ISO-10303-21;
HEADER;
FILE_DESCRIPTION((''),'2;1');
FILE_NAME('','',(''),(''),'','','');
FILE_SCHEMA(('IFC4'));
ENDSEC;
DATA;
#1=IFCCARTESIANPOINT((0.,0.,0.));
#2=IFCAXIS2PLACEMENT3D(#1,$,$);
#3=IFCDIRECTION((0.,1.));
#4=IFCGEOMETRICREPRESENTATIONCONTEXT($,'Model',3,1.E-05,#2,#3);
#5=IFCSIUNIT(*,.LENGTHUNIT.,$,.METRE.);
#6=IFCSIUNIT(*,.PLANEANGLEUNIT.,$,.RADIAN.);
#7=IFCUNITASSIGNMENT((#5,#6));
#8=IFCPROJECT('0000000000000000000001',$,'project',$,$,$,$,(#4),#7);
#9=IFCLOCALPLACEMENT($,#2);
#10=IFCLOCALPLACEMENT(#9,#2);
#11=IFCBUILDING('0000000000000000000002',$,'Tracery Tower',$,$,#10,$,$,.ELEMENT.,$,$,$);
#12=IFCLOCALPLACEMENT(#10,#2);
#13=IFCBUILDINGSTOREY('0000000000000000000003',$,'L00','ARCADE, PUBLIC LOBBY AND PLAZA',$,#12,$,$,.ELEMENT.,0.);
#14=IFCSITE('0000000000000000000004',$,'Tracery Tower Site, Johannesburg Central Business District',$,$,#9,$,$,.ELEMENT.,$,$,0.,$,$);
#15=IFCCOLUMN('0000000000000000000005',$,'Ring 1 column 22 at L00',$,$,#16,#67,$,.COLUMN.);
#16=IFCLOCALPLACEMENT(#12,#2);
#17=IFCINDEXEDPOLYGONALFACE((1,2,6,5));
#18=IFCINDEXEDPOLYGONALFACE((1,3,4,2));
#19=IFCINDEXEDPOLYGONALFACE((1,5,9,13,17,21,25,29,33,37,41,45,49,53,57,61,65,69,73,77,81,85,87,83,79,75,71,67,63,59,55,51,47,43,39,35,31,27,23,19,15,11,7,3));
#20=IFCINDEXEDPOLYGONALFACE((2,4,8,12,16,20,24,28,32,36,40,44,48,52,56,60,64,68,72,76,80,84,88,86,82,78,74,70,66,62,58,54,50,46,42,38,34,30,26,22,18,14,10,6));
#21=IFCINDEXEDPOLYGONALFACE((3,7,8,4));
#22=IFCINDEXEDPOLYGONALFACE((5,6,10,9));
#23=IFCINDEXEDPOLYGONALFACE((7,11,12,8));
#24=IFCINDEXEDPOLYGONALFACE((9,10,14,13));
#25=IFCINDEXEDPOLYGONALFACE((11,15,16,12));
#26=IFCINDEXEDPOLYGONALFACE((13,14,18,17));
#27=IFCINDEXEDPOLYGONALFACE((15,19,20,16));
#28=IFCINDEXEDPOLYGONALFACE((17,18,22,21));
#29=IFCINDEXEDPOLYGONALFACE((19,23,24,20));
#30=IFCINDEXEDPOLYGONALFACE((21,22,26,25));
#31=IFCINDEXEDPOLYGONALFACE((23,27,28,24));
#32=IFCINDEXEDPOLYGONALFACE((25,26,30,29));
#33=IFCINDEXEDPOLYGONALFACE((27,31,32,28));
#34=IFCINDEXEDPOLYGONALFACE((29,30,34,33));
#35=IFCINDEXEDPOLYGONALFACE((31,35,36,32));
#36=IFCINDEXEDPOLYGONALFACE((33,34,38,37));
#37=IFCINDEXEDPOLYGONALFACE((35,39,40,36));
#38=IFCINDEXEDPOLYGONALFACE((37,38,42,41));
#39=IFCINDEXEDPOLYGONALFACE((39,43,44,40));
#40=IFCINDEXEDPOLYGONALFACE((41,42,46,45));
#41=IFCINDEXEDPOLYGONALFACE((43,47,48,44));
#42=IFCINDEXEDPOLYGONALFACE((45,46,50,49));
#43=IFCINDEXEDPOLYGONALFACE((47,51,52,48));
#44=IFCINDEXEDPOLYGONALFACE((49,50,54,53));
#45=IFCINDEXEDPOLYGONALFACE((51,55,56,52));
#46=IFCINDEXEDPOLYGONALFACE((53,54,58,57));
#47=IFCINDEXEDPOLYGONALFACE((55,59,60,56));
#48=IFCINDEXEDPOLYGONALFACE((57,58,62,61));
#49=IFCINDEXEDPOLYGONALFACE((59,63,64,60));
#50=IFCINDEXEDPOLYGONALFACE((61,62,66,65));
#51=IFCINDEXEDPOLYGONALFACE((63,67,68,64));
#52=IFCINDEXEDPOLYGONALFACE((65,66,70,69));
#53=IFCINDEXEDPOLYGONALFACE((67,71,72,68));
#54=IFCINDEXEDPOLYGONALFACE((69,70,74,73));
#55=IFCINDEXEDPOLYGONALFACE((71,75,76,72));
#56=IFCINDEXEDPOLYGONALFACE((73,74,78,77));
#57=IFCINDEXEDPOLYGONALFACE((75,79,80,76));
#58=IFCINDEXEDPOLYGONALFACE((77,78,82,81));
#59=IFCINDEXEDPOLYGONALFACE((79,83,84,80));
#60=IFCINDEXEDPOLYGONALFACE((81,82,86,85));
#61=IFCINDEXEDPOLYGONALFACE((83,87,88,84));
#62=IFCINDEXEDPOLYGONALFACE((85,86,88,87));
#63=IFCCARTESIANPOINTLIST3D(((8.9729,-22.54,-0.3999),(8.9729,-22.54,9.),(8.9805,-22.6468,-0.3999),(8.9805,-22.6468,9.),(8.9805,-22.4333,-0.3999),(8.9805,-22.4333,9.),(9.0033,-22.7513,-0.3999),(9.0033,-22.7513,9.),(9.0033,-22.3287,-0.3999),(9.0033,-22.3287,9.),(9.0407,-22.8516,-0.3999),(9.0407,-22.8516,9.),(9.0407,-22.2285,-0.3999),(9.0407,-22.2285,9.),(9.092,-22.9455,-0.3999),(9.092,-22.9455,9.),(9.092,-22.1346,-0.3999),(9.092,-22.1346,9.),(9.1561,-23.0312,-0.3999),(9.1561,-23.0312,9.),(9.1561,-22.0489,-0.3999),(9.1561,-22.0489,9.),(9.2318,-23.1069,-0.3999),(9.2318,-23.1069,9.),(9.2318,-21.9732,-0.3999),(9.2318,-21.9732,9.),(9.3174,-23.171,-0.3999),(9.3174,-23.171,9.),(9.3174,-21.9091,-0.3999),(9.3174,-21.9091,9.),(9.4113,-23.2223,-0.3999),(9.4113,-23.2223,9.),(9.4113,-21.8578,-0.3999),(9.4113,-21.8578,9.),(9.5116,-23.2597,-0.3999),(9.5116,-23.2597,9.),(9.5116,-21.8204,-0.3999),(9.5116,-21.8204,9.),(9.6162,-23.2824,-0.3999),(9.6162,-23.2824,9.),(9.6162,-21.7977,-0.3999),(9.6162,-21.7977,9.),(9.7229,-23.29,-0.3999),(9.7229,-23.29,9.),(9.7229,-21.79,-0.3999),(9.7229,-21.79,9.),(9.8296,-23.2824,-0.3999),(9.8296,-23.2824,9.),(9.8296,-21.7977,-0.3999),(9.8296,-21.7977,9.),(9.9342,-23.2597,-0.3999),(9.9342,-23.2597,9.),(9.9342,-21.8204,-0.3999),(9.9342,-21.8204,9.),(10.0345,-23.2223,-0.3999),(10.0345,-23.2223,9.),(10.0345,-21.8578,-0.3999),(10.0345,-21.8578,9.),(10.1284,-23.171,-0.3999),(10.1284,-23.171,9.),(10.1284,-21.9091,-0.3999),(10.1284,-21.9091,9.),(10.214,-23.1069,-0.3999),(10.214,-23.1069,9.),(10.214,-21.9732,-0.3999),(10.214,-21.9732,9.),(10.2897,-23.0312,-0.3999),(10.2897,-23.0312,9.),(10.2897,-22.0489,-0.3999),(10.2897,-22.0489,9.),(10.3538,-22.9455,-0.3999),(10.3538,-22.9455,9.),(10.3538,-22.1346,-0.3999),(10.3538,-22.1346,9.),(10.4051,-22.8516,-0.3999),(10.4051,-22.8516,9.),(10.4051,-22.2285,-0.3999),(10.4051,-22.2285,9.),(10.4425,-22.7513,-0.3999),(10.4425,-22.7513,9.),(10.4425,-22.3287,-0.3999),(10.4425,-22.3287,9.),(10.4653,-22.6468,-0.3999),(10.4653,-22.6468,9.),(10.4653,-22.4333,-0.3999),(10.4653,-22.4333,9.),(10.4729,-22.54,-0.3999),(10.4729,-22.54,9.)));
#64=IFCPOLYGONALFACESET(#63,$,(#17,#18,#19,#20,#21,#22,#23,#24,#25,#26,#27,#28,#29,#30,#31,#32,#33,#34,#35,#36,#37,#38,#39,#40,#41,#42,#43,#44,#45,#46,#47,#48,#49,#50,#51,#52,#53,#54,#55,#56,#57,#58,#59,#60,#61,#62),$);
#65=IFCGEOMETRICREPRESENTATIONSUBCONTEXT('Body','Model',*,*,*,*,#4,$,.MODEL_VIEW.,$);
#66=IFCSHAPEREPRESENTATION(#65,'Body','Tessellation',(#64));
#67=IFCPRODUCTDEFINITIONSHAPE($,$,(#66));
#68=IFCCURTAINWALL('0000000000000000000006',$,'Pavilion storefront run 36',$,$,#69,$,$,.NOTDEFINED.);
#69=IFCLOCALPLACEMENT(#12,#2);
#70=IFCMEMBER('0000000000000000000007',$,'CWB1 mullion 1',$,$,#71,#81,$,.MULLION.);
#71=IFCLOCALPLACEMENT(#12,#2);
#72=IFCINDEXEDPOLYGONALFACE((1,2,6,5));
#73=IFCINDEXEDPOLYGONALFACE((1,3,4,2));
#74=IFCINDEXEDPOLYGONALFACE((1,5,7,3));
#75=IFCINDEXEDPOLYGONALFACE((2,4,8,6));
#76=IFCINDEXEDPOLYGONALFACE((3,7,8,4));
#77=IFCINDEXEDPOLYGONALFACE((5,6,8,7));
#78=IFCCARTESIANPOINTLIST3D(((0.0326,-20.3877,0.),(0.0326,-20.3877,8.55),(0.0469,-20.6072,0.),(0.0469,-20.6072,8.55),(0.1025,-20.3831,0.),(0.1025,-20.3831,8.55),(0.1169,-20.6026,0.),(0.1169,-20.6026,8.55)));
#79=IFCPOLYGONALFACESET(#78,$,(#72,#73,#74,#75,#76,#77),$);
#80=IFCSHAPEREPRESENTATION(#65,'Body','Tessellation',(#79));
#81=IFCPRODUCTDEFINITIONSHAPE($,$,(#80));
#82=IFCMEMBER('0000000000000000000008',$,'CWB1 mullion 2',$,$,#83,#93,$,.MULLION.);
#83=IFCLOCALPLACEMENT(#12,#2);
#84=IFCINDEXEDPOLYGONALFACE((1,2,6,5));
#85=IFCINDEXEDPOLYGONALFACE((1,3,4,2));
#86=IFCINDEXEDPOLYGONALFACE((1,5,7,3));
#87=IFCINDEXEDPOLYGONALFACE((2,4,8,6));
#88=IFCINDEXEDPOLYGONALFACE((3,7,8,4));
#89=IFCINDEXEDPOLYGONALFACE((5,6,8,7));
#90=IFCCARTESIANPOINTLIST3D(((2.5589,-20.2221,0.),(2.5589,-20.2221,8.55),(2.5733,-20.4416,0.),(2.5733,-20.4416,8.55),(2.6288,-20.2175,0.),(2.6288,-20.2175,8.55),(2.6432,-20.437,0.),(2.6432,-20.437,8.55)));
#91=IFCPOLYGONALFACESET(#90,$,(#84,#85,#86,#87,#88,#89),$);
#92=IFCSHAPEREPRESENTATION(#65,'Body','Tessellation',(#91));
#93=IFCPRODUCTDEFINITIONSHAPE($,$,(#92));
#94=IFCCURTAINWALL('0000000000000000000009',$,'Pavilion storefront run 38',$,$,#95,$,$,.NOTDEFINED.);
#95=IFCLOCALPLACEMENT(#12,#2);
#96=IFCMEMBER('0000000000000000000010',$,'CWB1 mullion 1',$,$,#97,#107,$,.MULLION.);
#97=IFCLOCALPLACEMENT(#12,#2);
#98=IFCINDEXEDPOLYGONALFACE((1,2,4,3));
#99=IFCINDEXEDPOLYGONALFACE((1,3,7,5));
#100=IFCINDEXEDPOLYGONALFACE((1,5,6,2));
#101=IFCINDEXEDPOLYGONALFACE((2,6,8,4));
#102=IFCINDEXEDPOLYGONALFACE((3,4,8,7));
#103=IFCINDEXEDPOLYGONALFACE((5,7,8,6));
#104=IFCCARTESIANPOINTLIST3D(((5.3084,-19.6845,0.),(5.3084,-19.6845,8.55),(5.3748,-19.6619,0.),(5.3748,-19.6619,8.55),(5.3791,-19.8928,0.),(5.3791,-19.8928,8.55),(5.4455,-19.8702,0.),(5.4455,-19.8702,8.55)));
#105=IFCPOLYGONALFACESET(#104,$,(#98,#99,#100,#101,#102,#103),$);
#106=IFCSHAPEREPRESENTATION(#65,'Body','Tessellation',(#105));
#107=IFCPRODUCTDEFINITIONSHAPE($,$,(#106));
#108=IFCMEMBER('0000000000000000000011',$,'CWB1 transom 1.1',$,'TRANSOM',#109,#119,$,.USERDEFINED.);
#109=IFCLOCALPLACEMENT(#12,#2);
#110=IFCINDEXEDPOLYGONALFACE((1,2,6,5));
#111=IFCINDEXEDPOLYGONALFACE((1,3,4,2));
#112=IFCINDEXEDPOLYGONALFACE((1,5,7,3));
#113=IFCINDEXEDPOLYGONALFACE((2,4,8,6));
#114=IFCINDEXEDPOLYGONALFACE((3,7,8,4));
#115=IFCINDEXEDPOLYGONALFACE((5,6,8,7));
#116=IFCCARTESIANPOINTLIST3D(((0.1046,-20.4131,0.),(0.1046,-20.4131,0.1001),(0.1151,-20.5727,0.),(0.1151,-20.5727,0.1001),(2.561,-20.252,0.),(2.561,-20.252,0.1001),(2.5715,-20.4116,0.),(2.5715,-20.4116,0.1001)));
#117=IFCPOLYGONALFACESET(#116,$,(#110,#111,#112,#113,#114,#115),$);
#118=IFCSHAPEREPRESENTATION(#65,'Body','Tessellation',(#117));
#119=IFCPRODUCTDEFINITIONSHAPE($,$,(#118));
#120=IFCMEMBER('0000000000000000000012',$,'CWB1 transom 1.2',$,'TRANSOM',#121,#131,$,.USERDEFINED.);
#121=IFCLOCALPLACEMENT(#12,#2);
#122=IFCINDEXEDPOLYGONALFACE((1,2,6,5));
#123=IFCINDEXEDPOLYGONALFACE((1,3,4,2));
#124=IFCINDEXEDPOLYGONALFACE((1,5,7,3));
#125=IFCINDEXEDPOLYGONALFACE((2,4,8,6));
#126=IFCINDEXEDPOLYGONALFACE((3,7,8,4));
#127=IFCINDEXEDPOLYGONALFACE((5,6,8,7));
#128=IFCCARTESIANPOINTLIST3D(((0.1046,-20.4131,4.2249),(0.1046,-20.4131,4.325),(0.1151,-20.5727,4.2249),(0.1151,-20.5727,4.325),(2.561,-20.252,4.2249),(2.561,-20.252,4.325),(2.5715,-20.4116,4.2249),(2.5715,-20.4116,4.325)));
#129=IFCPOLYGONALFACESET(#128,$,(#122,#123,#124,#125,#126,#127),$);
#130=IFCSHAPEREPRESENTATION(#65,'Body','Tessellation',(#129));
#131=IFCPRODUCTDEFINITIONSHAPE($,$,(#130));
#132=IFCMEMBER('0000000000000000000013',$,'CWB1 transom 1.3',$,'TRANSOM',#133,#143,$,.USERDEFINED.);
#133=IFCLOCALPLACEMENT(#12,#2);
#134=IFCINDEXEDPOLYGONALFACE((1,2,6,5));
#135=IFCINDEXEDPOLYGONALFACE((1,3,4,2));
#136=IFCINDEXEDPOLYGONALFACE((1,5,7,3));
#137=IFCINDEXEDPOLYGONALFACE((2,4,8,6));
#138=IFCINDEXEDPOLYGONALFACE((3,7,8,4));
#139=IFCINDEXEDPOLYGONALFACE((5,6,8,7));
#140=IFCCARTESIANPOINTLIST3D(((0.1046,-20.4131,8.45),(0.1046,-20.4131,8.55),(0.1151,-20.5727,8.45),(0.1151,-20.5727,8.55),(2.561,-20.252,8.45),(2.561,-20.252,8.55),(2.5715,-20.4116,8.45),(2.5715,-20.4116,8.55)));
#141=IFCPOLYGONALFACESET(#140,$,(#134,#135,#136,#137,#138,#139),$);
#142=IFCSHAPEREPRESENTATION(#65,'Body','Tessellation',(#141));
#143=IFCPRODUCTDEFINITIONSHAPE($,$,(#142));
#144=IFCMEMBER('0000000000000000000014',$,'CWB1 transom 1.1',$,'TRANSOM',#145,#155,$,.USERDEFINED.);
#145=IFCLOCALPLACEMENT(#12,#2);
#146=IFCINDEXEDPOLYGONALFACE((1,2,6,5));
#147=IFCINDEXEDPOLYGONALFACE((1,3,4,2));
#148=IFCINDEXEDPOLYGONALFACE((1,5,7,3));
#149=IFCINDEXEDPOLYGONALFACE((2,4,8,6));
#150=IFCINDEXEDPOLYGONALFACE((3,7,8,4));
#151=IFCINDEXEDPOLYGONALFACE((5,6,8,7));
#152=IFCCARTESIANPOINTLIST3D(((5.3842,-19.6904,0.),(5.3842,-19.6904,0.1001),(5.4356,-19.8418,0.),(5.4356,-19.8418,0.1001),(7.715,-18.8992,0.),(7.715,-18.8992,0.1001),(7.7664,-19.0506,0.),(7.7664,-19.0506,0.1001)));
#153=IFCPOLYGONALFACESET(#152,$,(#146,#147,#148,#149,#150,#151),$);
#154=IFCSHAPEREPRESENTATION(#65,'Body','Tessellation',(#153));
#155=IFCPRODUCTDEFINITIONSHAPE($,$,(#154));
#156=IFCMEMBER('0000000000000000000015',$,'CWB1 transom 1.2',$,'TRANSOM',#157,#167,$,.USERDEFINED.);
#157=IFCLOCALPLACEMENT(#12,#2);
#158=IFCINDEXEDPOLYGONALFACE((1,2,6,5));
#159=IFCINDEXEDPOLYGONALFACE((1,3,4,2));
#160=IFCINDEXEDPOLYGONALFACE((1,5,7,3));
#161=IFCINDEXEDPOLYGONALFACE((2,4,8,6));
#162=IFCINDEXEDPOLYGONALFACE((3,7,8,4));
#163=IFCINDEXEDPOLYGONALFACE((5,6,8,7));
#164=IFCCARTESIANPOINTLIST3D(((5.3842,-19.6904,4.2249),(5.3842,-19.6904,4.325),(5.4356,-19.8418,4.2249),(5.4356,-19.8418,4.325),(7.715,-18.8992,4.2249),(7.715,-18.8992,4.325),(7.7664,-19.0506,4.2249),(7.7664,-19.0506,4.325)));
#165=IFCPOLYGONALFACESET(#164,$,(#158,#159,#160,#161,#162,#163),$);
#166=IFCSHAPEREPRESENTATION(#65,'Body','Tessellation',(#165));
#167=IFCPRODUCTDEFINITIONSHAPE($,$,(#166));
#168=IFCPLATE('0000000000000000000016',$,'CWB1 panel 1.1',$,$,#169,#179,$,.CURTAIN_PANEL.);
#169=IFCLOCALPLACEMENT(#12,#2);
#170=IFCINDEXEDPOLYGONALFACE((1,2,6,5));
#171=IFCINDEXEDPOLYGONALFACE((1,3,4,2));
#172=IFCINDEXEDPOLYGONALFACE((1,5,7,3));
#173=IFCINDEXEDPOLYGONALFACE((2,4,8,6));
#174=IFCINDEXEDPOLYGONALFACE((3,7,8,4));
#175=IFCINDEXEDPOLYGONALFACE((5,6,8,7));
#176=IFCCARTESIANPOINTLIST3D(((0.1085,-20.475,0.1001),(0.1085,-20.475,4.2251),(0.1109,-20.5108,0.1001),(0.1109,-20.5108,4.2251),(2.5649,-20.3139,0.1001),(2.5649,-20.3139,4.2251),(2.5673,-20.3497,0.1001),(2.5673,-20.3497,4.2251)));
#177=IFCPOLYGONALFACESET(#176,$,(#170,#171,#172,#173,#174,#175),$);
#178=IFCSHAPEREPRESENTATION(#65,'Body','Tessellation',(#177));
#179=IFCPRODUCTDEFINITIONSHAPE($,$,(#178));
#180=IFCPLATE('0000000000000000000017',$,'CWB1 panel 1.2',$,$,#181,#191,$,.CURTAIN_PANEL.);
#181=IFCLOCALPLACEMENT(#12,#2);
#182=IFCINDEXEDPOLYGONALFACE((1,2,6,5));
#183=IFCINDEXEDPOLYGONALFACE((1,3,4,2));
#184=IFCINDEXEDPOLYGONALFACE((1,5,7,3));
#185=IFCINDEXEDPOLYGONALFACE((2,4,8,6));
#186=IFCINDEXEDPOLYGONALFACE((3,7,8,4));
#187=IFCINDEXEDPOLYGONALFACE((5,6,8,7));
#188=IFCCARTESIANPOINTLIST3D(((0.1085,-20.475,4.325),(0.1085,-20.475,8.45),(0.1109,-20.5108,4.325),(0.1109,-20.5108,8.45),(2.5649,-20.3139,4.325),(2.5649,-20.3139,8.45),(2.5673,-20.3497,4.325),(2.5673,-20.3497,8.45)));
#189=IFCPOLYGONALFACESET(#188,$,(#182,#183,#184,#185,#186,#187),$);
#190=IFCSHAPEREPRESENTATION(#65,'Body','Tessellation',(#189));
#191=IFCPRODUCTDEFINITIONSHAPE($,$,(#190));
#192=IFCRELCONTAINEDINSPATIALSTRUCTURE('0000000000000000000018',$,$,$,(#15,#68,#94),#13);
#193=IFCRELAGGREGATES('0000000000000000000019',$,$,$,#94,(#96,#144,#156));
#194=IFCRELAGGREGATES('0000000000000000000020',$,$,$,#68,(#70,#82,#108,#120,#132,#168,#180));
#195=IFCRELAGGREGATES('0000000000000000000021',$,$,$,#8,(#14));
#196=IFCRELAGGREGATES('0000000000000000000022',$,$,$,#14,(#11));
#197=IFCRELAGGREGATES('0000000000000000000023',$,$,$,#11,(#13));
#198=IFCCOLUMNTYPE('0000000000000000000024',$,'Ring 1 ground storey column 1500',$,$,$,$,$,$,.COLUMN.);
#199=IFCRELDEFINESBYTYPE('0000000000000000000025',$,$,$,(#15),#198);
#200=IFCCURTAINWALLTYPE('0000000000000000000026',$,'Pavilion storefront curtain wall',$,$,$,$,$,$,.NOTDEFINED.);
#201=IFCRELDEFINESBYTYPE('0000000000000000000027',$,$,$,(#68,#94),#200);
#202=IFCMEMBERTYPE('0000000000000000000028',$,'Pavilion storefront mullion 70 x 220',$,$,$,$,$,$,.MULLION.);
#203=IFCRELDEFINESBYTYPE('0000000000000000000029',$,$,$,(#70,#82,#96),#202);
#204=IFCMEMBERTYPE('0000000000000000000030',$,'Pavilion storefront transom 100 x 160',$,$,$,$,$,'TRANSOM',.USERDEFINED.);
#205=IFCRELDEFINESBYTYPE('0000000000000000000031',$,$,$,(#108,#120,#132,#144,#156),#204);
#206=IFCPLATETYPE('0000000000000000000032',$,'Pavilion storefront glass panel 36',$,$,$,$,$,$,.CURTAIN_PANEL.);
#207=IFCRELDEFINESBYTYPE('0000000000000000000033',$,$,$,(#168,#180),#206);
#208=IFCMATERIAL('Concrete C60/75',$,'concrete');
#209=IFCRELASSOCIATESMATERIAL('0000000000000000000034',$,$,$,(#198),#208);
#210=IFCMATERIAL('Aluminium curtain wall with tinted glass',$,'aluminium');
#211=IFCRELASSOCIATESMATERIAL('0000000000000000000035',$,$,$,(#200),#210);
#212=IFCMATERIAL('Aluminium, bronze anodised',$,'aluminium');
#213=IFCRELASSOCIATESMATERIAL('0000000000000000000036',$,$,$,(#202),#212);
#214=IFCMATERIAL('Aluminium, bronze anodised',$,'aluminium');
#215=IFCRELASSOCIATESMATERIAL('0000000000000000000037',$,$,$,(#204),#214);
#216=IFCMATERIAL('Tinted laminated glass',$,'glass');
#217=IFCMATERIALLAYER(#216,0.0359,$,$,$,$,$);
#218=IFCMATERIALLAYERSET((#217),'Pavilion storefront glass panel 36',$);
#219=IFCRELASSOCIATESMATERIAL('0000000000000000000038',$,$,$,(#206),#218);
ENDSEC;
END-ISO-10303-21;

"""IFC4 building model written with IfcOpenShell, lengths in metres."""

from ifc_helpers import new_model, si_unit, direction, frame, origin, origin_2d, place, context, subcontext, project, spatial, rectangle, circle, extrude, material, layer, layer_set, material_profile, profile_set, type_object, element, aggregate, save


model = new_model("IFC4")

# Units and contexts
model_context = context("Model", 3, precision=1e-05, world=origin(), true_north=direction((0.0, 1.0)))
body_context = subcontext(model_context, "Body", "Model", "MODEL_VIEW")
ifc_project = project(units=[si_unit("LENGTHUNIT", "METRE"), si_unit("PLANEANGLEUNIT", "RADIAN")], contexts=[model_context])

# Site, building, storey
site_placement = place(None, origin())
site = spatial("IfcSite", under=ifc_project, at=site_placement, Name="Tracery Tower Site, Johannesburg Central Business District", CompositionType="ELEMENT", RefElevation=0.0)
building_placement = place(site_placement, origin())
building = spatial("IfcBuilding", under=site, at=building_placement, Name="Tracery Tower", CompositionType="ELEMENT")
storey_placement = place(building_placement, origin())
storey = spatial("IfcBuildingStorey", under=building, at=storey_placement, Name="L00", Description="ARCADE, PUBLIC LOBBY AND PLAZA", CompositionType="ELEMENT", Elevation=0.0)

# Column
ifc_material_1 = material(Name="Concrete C60/75", Category="concrete")
ifc_material_profile_1 = material_profile(ifc_material_1, circle(Radius=0.75, at=origin_2d()), Name="RC D1500")
ifc_profile_set_1 = profile_set([ifc_material_profile_1], Name="Concrete C60/75")
column_type_1 = type_object("IfcColumnType", Name="Ring 1 ground storey column 1500", PredefinedType="COLUMN", material=ifc_profile_set_1)
for number, where, z_axis, x_axis, name in (
    (1, (9.7229, -22.54, -0.3999), (0.0, 0.0, 1.0), (1.0, 0.0, 0.0), "Ring 1 column 22 at L00"),
):
    element("IfcColumn", number, at=place(storey_placement, frame(where, z_axis=z_axis, x_axis=x_axis)), inside=storey, type_object=column_type_1, Name=name, PredefinedType="COLUMN", context=body_context, shape_type="SweptSolid", body=[
        extrude(circle(Radius=0.75, at=origin_2d()), origin(), (0.0, 0.0, 1.0), 9.3999),
    ])

# Curtain wall, members
ifc_material_2 = material(Name="Aluminium curtain wall with tinted glass", Category="aluminium")
curtain_wall_type = type_object("IfcCurtainWallType", Name="Pavilion storefront curtain wall", PredefinedType="NOTDEFINED", material=ifc_material_2)
curtain_wall_1_placement = place(storey_placement, origin())
curtain_wall_1 = element("IfcCurtainWall", 2, at=curtain_wall_1_placement, inside=storey, type_object=curtain_wall_type, Name="Pavilion storefront run 36", PredefinedType="NOTDEFINED")
ifc_material_3 = material(Name="Aluminium, bronze anodised", Category="aluminium")
ifc_material_profile_2 = material_profile(ifc_material_3, rectangle(XDim=0.22, YDim=0.0701, at=origin_2d()), Name="Pavilion storefront mullion 70 x 220")
ifc_profile_set_2 = profile_set([ifc_material_profile_2], Name="Aluminium, bronze anodised")
member_type_1 = type_object("IfcMemberType", Name="Pavilion storefront mullion 70 x 220", PredefinedType="MULLION", material=ifc_profile_set_2)
member_1_placement = place(storey_placement, frame((0.0747, -20.4951, 0.0), z_axis=(0.0, 0.0, 1.0), x_axis=(-0.065422, 0.997858, 0.0)))
member_1 = element("IfcMember", 3, at=member_1_placement, type_object=member_type_1, Name="CWB1 mullion 1", PredefinedType="MULLION", context=body_context, shape_type="SweptSolid", body=[
    extrude(rectangle(XDim=0.22, YDim=0.0701, at=origin_2d()), origin(), (0.0, 0.0, 1.0), 8.55),
])
member_2_placement = place(storey_placement, frame((2.6011, -20.3296, 0.0), z_axis=(0.0, 0.0, 1.0), x_axis=(-0.065422, 0.997858, 0.0)))
member_2 = element("IfcMember", 4, at=member_2_placement, type_object=member_type_1, Name="CWB1 mullion 2", PredefinedType="MULLION", context=body_context, shape_type="SweptSolid", body=[
    extrude(rectangle(XDim=0.22, YDim=0.0701, at=origin_2d()), origin(), (0.0, 0.0, 1.0), 8.55),
])

# Curtain wall, member
curtain_wall_2_placement = place(storey_placement, origin())
curtain_wall_2 = element("IfcCurtainWall", 5, at=curtain_wall_2_placement, inside=storey, type_object=curtain_wall_type, Name="Pavilion storefront run 38", PredefinedType="NOTDEFINED")
member_3_placement = place(storey_placement, frame((5.377, -19.7773, 0.0), z_axis=(0.0, 0.0, 1.0), x_axis=(-0.321435, 0.946931, 0.0)))
member_3 = element("IfcMember", 6, at=member_3_placement, type_object=member_type_1, Name="CWB1 mullion 1", PredefinedType="MULLION", context=body_context, shape_type="SweptSolid", body=[
    extrude(rectangle(XDim=0.22, YDim=0.0701, at=origin_2d()), origin(), (0.0, 0.0, 1.0), 8.55),
])

# Members
ifc_material_4 = material(Name="Aluminium, bronze anodised", Category="aluminium")
ifc_material_profile_3 = material_profile(ifc_material_4, rectangle(XDim=0.1599, YDim=0.1001, at=origin_2d()), Name="Pavilion storefront transom 100 x 160")
ifc_profile_set_3 = profile_set([ifc_material_profile_3], Name="Aluminium, bronze anodised")
member_type_2 = type_object("IfcMemberType", Name="Pavilion storefront transom 100 x 160", ElementType="TRANSOM", PredefinedType="USERDEFINED", material=ifc_profile_set_3)
member_4_placement = place(storey_placement, frame((0.1099, -20.4929, 0.05), z_axis=(0.997855, 0.065459, 0.0), x_axis=(-0.065459, 0.997855, 0.0)))
member_4 = element("IfcMember", 7, at=member_4_placement, type_object=member_type_2, Name="CWB1 transom 1.1", ObjectType="TRANSOM", PredefinedType="USERDEFINED", context=body_context, shape_type="SweptSolid", body=[
    extrude(rectangle(XDim=0.1599, YDim=0.1001, at=origin_2d()), origin(), (0.0, 0.0, 1.0), 2.4617),
])
member_5_placement = place(storey_placement, frame((0.1099, -20.4929, 4.2749), z_axis=(0.997855, 0.065459, 0.0), x_axis=(-0.065459, 0.997855, 0.0)))
member_5 = element("IfcMember", 8, at=member_5_placement, type_object=member_type_2, Name="CWB1 transom 1.2", ObjectType="TRANSOM", PredefinedType="USERDEFINED", context=body_context, shape_type="SweptSolid", body=[
    extrude(rectangle(XDim=0.1599, YDim=0.1001, at=origin_2d()), origin(), (0.0, 0.0, 1.0), 2.4617),
])
member_6_placement = place(storey_placement, frame((0.1099, -20.4929, 8.5), z_axis=(0.997855, 0.065459, 0.0), x_axis=(-0.065459, 0.997855, 0.0)))
member_6 = element("IfcMember", 9, at=member_6_placement, type_object=member_type_2, Name="CWB1 transom 1.3", ObjectType="TRANSOM", PredefinedType="USERDEFINED", context=body_context, shape_type="SweptSolid", body=[
    extrude(rectangle(XDim=0.1599, YDim=0.1001, at=origin_2d()), origin(), (0.0, 0.0, 1.0), 2.4617),
])
member_7_placement = place(storey_placement, frame((5.4099, -19.7661, 0.05), z_axis=(0.946923, 0.32146, 0.0), x_axis=(-0.32146, 0.946923, 0.0)))
member_7 = element("IfcMember", 10, at=member_7_placement, type_object=member_type_2, Name="CWB1 transom 1.1", ObjectType="TRANSOM", PredefinedType="USERDEFINED", context=body_context, shape_type="SweptSolid", body=[
    extrude(rectangle(XDim=0.1599, YDim=0.1001, at=origin_2d()), origin(), (0.0, 0.0, 1.0), 2.4614),
])
member_8_placement = place(storey_placement, frame((5.4099, -19.7661, 4.2749), z_axis=(0.946923, 0.32146, 0.0), x_axis=(-0.32146, 0.946923, 0.0)))
member_8 = element("IfcMember", 11, at=member_8_placement, type_object=member_type_2, Name="CWB1 transom 1.2", ObjectType="TRANSOM", PredefinedType="USERDEFINED", context=body_context, shape_type="SweptSolid", body=[
    extrude(rectangle(XDim=0.1599, YDim=0.1001, at=origin_2d()), origin(), (0.0, 0.0, 1.0), 2.4614),
])
aggregate(curtain_wall_2, [member_3, member_7, member_8])

# Plates
ifc_material_5 = material(Name="Tinted laminated glass", Category="glass")
ifc_layer_1 = layer(ifc_material_5, 0.0359)
ifc_layer_set_1 = layer_set([ifc_layer_1], Name="Pavilion storefront glass panel 36")
plate_type = type_object("IfcPlateType", Name="Pavilion storefront glass panel 36", PredefinedType="CURTAIN_PANEL", material=ifc_layer_set_1)
plate_1_placement = place(storey_placement, frame((1.3379, -20.4124, 0.1001), z_axis=(0.0, 0.0, 1.0), x_axis=(0.997858, 0.065422, 0.0)))
plate_1 = element("IfcPlate", 12, at=plate_1_placement, type_object=plate_type, Name="CWB1 panel 1.1", PredefinedType="CURTAIN_PANEL", context=body_context, shape_type="SweptSolid", body=[
    extrude(rectangle(XDim=2.4617, YDim=0.0359, at=origin_2d()), origin(), (0.0, 0.0, 1.0), 4.125),
])
plate_2_placement = place(storey_placement, frame((1.3379, -20.4124, 4.325), z_axis=(0.0, 0.0, 1.0), x_axis=(0.997858, 0.065422, 0.0)))
plate_2 = element("IfcPlate", 13, at=plate_2_placement, type_object=plate_type, Name="CWB1 panel 1.2", PredefinedType="CURTAIN_PANEL", context=body_context, shape_type="SweptSolid", body=[
    extrude(rectangle(XDim=2.4617, YDim=0.0359, at=origin_2d()), origin(), (0.0, 0.0, 1.0), 4.125),
])
aggregate(curtain_wall_1, [member_1, member_2, member_4, member_5, member_6, plate_1, plate_2])

save(model, "model.ifc")
